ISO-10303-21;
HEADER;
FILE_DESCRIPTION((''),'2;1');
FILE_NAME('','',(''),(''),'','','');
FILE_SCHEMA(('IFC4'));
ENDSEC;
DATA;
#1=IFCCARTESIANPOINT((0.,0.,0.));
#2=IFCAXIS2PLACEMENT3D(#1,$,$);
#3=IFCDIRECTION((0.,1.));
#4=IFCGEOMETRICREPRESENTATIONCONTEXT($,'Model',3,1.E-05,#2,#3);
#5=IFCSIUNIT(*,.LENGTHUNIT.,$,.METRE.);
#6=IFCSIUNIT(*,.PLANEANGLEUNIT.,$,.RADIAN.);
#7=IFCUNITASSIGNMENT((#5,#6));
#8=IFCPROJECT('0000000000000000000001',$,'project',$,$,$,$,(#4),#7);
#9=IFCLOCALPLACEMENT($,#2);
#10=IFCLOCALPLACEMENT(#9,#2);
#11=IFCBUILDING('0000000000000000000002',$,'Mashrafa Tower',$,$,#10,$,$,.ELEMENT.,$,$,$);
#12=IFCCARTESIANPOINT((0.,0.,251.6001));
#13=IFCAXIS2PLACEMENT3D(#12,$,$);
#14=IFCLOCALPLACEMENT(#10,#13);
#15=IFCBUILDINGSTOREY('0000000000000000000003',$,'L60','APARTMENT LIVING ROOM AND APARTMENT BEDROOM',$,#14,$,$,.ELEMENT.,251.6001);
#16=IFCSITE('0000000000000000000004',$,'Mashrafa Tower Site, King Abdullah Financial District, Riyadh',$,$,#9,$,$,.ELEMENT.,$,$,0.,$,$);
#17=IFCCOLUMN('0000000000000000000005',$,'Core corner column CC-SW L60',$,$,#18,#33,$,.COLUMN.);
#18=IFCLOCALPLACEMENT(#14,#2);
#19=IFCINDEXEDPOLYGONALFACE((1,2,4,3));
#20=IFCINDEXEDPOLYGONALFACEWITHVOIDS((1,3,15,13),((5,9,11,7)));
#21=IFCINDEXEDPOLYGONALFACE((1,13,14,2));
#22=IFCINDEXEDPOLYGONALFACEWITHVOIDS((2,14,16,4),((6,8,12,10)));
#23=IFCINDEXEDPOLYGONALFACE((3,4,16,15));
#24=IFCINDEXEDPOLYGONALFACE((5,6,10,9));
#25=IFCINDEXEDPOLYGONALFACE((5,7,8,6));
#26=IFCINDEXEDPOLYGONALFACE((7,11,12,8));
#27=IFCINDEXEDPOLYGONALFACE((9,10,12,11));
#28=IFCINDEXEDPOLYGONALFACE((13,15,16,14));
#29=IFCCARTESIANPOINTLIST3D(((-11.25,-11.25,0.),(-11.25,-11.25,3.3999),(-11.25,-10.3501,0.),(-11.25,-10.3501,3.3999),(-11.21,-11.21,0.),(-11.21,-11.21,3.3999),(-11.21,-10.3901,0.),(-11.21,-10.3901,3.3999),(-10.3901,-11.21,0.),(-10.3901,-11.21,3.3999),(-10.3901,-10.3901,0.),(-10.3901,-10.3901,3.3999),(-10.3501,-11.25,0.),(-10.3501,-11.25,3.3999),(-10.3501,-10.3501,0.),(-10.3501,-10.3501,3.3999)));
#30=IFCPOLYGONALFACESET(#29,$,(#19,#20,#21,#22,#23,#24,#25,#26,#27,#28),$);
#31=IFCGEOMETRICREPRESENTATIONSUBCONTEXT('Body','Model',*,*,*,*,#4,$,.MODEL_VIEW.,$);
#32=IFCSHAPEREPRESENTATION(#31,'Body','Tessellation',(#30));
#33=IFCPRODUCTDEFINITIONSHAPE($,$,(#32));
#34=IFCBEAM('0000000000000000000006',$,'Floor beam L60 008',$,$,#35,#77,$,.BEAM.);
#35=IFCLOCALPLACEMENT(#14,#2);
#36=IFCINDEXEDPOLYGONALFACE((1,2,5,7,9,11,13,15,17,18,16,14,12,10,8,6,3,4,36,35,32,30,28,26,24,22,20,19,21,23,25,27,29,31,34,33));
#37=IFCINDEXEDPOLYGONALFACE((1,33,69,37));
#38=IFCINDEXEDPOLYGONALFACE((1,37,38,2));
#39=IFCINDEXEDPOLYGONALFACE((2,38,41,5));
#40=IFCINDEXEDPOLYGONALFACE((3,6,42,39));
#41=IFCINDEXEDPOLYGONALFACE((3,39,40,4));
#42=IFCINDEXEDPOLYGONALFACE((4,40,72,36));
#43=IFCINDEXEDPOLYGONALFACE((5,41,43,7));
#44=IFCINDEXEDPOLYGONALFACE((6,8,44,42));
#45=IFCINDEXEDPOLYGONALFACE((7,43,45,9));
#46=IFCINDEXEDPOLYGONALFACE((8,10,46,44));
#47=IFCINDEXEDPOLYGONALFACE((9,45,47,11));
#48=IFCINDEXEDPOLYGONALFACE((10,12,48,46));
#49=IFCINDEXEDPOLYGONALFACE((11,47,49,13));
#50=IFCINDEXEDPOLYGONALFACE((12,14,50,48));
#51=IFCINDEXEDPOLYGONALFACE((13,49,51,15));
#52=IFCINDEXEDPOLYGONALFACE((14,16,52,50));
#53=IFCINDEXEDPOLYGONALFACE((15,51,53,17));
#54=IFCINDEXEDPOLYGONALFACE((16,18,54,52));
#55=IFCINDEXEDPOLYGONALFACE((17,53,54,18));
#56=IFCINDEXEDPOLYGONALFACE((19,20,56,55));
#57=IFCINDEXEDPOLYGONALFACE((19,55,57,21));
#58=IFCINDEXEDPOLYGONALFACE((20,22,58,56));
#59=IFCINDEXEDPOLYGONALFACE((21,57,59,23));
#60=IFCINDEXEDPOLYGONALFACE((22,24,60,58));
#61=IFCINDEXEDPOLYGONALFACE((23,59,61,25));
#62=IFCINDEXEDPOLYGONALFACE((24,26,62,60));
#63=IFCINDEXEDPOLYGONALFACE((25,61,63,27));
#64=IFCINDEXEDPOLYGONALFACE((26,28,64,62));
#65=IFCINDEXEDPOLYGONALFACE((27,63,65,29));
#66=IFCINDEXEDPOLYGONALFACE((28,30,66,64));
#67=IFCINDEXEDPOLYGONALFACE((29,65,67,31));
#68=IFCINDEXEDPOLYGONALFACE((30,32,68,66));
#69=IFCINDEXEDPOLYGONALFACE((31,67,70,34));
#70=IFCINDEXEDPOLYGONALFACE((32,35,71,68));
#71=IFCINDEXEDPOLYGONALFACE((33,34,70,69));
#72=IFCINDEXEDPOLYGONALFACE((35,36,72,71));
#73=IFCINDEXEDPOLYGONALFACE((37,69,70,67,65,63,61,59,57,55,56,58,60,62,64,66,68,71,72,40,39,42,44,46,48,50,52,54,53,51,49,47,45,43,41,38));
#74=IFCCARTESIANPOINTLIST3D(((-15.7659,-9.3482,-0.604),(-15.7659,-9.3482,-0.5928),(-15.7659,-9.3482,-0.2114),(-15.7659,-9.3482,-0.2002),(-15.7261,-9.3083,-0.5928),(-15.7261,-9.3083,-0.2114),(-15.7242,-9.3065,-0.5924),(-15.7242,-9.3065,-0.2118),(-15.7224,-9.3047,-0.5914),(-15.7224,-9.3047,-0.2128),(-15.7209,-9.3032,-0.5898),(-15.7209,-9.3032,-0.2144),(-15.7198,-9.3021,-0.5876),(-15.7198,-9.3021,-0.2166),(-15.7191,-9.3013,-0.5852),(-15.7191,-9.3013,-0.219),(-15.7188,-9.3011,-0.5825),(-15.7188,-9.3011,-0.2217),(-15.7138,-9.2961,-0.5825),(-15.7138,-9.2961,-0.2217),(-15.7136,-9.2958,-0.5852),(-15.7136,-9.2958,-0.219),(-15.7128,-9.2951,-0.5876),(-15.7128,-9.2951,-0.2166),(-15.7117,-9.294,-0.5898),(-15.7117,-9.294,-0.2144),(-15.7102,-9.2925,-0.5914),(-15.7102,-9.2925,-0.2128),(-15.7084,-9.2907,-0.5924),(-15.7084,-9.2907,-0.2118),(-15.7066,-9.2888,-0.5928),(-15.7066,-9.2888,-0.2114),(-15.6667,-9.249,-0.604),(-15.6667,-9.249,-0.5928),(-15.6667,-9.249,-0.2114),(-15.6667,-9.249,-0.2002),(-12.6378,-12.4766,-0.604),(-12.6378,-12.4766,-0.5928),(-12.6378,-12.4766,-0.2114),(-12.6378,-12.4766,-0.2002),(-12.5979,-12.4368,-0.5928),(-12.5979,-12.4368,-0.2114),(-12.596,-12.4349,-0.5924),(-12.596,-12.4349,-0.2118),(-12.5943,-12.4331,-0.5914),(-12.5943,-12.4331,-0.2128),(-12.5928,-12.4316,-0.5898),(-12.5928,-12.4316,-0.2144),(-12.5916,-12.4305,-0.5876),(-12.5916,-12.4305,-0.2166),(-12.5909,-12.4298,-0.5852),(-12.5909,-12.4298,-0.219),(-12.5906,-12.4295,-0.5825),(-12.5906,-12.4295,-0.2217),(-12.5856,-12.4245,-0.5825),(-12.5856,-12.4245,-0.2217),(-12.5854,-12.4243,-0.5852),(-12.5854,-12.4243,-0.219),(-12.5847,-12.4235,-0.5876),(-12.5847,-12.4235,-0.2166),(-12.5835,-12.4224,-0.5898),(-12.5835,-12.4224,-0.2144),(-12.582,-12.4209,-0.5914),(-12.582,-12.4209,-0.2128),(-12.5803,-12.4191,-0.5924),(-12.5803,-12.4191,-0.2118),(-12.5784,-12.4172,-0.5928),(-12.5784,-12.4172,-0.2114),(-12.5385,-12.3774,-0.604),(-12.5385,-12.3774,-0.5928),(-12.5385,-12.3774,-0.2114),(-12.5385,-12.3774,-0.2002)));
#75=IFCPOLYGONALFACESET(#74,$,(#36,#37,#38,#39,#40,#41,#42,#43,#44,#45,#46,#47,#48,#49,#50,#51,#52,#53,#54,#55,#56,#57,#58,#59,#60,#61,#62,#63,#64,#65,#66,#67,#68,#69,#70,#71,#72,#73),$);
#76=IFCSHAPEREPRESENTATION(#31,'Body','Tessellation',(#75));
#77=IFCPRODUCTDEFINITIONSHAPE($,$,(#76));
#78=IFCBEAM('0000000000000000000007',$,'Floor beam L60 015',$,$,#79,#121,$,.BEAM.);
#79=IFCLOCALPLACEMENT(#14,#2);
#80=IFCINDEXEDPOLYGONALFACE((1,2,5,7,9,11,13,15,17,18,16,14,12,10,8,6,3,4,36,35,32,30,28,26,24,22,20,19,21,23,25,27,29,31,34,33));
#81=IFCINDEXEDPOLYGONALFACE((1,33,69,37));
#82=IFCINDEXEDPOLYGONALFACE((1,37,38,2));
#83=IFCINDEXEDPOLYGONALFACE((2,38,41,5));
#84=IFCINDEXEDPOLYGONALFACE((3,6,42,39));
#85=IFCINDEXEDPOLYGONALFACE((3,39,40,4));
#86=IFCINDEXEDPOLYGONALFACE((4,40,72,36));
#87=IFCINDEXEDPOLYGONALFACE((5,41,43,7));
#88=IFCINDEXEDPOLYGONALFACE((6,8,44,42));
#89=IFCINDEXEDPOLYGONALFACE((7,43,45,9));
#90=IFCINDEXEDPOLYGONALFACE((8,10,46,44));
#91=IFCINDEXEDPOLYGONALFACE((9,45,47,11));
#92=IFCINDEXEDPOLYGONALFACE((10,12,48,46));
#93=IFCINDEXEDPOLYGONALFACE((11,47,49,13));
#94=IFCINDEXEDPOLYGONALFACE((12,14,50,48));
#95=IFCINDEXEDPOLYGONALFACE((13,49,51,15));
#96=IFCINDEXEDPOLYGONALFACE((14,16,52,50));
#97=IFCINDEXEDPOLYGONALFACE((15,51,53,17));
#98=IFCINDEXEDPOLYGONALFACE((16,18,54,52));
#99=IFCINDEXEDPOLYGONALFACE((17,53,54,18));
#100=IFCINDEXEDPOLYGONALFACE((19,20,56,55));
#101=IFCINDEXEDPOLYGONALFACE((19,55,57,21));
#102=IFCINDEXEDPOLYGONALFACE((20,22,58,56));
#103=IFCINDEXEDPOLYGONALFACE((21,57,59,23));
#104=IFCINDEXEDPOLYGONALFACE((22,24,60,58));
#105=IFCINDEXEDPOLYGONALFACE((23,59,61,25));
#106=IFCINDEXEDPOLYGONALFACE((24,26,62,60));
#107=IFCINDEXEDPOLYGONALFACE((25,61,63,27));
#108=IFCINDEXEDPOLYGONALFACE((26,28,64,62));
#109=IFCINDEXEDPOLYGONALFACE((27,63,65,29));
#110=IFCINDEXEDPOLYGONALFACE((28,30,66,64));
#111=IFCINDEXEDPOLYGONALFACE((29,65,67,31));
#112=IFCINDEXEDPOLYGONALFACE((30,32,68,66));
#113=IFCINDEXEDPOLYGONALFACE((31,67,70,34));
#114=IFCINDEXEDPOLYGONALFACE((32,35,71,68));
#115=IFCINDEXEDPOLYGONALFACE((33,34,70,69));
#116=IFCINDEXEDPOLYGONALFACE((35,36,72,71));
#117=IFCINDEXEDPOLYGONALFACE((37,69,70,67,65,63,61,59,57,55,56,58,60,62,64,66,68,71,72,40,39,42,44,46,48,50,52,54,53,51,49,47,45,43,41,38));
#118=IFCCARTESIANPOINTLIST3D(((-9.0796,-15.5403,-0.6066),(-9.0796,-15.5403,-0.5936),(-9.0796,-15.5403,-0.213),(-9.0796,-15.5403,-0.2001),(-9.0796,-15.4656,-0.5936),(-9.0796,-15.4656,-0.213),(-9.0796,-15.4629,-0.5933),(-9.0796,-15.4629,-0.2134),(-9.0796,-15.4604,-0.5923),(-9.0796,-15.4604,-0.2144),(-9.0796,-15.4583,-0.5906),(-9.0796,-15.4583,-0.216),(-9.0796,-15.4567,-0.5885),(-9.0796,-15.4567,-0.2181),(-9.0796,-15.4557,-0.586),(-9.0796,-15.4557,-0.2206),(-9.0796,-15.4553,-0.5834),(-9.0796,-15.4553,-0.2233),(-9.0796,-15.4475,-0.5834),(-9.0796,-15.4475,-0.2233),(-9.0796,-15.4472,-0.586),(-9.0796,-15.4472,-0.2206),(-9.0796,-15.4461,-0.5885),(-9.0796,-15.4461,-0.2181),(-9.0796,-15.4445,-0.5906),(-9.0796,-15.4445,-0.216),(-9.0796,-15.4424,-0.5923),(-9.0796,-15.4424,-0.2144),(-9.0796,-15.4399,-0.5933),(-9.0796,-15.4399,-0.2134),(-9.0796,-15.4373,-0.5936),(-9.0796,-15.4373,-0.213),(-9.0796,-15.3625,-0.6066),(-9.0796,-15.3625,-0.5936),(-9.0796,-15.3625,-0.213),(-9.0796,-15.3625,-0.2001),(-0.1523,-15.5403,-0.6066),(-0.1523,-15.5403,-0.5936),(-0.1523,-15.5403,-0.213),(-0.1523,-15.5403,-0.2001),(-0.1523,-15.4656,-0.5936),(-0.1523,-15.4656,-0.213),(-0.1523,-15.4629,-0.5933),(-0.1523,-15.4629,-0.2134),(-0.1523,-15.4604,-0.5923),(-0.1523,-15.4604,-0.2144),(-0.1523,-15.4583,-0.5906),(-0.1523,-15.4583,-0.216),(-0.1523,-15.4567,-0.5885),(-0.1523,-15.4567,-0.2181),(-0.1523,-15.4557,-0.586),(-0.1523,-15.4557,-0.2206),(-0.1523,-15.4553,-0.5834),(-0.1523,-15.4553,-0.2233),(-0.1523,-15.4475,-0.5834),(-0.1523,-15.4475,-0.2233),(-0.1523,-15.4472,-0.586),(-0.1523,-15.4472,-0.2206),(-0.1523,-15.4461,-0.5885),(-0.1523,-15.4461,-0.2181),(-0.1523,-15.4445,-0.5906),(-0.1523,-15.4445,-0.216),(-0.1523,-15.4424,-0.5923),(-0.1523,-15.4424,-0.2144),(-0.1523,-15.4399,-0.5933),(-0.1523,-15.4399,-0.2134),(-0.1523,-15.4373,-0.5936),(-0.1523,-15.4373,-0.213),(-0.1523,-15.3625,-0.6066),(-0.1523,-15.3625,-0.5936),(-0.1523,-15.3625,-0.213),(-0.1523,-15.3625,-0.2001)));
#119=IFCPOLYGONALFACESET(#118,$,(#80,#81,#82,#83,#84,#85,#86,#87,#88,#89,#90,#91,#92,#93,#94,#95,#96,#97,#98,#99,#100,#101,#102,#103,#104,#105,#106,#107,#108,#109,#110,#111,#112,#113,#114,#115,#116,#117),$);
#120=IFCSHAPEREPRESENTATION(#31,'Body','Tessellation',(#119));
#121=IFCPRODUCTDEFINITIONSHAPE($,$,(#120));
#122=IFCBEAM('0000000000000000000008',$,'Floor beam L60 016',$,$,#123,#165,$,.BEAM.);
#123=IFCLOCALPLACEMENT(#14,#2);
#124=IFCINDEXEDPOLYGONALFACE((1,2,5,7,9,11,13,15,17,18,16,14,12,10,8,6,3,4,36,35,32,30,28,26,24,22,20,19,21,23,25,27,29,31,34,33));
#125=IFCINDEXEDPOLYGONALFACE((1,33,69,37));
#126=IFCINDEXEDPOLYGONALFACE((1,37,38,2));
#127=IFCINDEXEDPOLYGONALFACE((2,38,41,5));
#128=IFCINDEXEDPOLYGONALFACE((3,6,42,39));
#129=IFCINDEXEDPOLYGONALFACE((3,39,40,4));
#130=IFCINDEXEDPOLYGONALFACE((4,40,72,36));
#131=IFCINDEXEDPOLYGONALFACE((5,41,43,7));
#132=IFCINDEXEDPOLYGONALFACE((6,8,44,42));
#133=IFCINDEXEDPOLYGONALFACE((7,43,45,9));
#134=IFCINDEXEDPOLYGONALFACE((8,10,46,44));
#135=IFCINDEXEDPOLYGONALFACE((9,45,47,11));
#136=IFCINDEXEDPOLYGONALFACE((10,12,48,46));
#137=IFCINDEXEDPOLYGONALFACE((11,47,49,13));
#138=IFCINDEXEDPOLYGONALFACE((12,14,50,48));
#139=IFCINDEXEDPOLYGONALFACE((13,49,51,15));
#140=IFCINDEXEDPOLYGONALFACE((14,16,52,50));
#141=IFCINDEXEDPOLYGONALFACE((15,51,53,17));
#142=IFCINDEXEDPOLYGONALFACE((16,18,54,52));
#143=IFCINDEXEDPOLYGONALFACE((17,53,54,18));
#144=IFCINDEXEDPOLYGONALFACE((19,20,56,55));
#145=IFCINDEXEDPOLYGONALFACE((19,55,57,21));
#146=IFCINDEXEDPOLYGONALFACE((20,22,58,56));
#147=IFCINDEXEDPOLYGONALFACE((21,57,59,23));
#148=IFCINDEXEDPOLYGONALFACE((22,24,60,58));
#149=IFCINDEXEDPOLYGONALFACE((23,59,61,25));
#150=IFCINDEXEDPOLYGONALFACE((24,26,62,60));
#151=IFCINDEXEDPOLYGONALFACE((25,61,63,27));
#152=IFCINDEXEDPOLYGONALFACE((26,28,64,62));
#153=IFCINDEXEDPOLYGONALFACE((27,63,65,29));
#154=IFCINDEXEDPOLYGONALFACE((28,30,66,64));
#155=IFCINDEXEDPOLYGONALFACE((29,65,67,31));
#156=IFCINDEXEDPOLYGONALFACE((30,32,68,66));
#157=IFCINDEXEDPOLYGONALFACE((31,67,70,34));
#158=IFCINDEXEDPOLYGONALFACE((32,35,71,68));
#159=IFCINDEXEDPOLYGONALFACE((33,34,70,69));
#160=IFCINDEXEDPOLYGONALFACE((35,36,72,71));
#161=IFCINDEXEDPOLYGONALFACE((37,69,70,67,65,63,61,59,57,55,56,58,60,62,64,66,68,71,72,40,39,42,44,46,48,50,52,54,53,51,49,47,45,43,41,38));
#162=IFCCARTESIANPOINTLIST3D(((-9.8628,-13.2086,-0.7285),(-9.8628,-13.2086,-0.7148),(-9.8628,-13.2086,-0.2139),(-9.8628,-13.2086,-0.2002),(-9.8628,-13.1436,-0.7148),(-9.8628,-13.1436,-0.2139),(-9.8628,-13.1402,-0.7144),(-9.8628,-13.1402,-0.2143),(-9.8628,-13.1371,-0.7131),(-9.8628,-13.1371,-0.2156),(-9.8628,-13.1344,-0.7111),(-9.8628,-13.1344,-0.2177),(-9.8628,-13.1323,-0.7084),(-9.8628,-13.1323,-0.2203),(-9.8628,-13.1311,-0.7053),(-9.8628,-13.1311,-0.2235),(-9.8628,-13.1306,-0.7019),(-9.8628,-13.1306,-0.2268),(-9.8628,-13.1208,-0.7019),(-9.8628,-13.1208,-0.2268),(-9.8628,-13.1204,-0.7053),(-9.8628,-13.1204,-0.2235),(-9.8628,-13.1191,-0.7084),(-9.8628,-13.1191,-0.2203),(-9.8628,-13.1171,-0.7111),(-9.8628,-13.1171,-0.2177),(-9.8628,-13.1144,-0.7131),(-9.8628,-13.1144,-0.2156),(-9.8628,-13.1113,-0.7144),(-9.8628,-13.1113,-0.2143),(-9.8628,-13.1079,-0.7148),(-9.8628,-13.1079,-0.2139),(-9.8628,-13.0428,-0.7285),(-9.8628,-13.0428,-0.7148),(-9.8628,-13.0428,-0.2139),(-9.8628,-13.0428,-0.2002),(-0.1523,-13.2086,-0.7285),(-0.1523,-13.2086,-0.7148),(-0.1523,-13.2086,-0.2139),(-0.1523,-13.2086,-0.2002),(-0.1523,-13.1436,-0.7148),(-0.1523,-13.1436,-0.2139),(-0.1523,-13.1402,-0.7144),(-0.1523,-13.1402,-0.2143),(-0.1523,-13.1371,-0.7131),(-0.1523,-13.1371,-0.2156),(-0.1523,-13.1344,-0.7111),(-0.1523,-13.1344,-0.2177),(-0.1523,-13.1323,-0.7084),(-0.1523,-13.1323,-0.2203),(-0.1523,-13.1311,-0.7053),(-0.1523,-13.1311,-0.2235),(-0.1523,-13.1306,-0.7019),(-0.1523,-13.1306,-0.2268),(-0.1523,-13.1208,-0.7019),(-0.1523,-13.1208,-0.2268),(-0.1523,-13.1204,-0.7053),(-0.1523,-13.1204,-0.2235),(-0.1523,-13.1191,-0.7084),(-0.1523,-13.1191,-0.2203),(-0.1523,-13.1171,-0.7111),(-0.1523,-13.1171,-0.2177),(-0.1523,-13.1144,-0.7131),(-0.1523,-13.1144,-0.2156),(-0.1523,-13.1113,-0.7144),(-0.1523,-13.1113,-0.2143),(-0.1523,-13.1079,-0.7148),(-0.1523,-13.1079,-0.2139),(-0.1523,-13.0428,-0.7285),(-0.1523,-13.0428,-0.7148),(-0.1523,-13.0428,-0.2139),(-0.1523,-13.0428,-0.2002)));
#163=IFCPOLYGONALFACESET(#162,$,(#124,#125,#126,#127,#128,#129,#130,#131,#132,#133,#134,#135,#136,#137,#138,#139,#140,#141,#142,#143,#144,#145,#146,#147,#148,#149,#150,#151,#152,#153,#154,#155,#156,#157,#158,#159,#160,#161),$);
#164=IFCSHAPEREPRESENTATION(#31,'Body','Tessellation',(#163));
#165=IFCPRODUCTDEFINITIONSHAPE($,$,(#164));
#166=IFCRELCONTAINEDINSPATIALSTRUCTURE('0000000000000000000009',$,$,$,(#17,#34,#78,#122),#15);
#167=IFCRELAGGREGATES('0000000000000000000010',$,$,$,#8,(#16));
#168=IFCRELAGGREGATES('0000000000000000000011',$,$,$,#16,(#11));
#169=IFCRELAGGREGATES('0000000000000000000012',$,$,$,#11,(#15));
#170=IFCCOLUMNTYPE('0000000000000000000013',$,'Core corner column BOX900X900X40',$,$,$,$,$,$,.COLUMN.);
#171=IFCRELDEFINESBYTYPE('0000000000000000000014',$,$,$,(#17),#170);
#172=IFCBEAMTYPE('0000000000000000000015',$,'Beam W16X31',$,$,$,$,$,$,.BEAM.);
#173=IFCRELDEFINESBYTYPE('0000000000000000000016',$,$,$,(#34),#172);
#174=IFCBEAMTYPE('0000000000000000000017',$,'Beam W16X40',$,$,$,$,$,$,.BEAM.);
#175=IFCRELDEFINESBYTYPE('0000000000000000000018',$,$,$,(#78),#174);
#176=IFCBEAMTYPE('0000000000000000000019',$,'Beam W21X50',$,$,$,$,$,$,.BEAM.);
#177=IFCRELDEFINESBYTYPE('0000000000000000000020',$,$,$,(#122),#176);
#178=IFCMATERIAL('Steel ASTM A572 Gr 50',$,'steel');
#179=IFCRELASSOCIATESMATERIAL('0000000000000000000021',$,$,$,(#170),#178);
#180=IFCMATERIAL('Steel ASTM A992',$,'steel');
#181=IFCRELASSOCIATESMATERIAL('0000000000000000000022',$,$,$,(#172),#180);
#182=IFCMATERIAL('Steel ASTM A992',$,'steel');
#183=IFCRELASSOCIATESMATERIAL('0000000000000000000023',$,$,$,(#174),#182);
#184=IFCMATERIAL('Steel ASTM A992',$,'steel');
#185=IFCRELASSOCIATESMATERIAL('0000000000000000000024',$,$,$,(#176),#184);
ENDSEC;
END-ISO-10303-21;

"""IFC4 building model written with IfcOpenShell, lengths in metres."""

from ifc_helpers import new_model, si_unit, direction, frame, origin, origin_2d, place, context, subcontext, project, spatial, hollow_rectangle, i_section, extrude, material, material_profile, profile_set, type_object, element, save


model = new_model("IFC4")

# Units and contexts
model_context = context("Model", 3, precision=1e-05, world=origin(), true_north=direction((0.0, 1.0)))
body_context = subcontext(model_context, "Body", "Model", "MODEL_VIEW")
ifc_project = project(units=[si_unit("LENGTHUNIT", "METRE"), si_unit("PLANEANGLEUNIT", "RADIAN")], contexts=[model_context])

# Site, building, storey
site_placement = place(None, origin())
site = spatial("IfcSite", under=ifc_project, at=site_placement, Name="Mashrafa Tower Site, King Abdullah Financial District, Riyadh", CompositionType="ELEMENT", RefElevation=0.0)
building_placement = place(site_placement, origin())
building = spatial("IfcBuilding", under=site, at=building_placement, Name="Mashrafa Tower", CompositionType="ELEMENT")
storey_placement = place(building_placement, frame((0.0, 0.0, 251.6001)))
storey = spatial("IfcBuildingStorey", under=building, at=storey_placement, Name="L60", Description="APARTMENT LIVING ROOM AND APARTMENT BEDROOM", CompositionType="ELEMENT", Elevation=251.6001)

# Column
ifc_material_1 = material(Name="Steel ASTM A572 Gr 50", Category="steel")
ifc_material_profile_1 = material_profile(ifc_material_1, hollow_rectangle(XDim=0.8999, YDim=0.8999, WallThickness=0.04, at=origin_2d()), Name="BOX900X900X40")
ifc_profile_set_1 = profile_set([ifc_material_profile_1], Name="Steel ASTM A572 Gr 50")
column_type = type_object("IfcColumnType", Name="Core corner column BOX900X900X40", PredefinedType="COLUMN", material=ifc_profile_set_1)
column_placement = place(storey_placement, frame((-10.8, -10.8, 0.0), z_axis=(0.0, 0.0, 1.0), x_axis=(1.0, 0.0, 0.0)))
element("IfcColumn", 1, at=column_placement, inside=storey, type_object=column_type, Name="Core corner column CC-SW L60", PredefinedType="COLUMN", context=body_context, shape_type="SweptSolid", body=[
    extrude(hollow_rectangle(XDim=0.8999, YDim=0.8999, WallThickness=0.04, at=origin_2d()), origin(), (0.0, 0.0, 1.0), 3.3999),
])

# Beams
ifc_material_2 = material(Name="Steel ASTM A992", Category="steel")
ifc_material_profile_2 = material_profile(ifc_material_2, i_section(OverallWidth=0.1404, OverallDepth=0.4038, WebThickness=0.0071, FlangeThickness=0.0112, FilletRadius=0.0103, at=origin_2d()), Name="W16X31")
ifc_profile_set_2 = profile_set([ifc_material_profile_2], Name="Steel ASTM A992")
beam_type_1 = type_object("IfcBeamType", Name="Beam W16X31", PredefinedType="BEAM", material=ifc_profile_set_2)
beam_1_placement = place(storey_placement, frame((-12.5881, -12.427, -0.4021), z_axis=(-0.707079, 0.707134, 0.0), x_axis=(-0.707134, -0.707079, 0.0)))
element("IfcBeam", 2, at=beam_1_placement, inside=storey, type_object=beam_type_1, Name="Floor beam L60 008", PredefinedType="BEAM", context=body_context, shape_type="SweptSolid", body=[
    extrude(i_section(OverallWidth=0.1404, OverallDepth=0.4038, WebThickness=0.0071, FlangeThickness=0.0112, FilletRadius=0.0103, at=origin_2d()), origin(), (0.0, 0.0, 1.0), 4.4241),
])
ifc_material_3 = material(Name="Steel ASTM A992", Category="steel")
ifc_material_profile_3 = material_profile(ifc_material_3, i_section(OverallWidth=0.1777, OverallDepth=0.4065, WebThickness=0.0078, FlangeThickness=0.0129, FilletRadius=0.0103, at=origin_2d()), Name="W16X40")
ifc_profile_set_3 = profile_set([ifc_material_profile_3], Name="Steel ASTM A992")
beam_type_2 = type_object("IfcBeamType", Name="Beam W16X40", PredefinedType="BEAM", material=ifc_profile_set_3)
beam_2_placement = place(storey_placement, frame((-0.1523, -15.4514, -0.4033), z_axis=(-1.0, 0.0, 0.0), x_axis=(0.0, -1.0, 0.0)))
element("IfcBeam", 3, at=beam_2_placement, inside=storey, type_object=beam_type_2, Name="Floor beam L60 015", PredefinedType="BEAM", context=body_context, shape_type="SweptSolid", body=[
    extrude(i_section(OverallWidth=0.1777, OverallDepth=0.4065, WebThickness=0.0078, FlangeThickness=0.0129, FilletRadius=0.0103, at=origin_2d()), origin(), (0.0, 0.0, 1.0), 8.9272),
])
ifc_material_4 = material(Name="Steel ASTM A992", Category="steel")
ifc_material_profile_4 = material_profile(ifc_material_4, i_section(OverallWidth=0.1658, OverallDepth=0.5283, WebThickness=0.0098, FlangeThickness=0.0137, FilletRadius=0.0129, at=origin_2d()), Name="W21X50")
ifc_profile_set_4 = profile_set([ifc_material_profile_4], Name="Steel ASTM A992")
beam_type_3 = type_object("IfcBeamType", Name="Beam W21X50", PredefinedType="BEAM", material=ifc_profile_set_4)
beam_3_placement = place(storey_placement, frame((-0.1523, -13.1257, -0.4644), z_axis=(-1.0, 0.0, 0.0), x_axis=(0.0, -1.0, 0.0)))
element("IfcBeam", 4, at=beam_3_placement, inside=storey, type_object=beam_type_3, Name="Floor beam L60 016", PredefinedType="BEAM", context=body_context, shape_type="SweptSolid", body=[
    extrude(i_section(OverallWidth=0.1658, OverallDepth=0.5283, WebThickness=0.0098, FlangeThickness=0.0137, FilletRadius=0.0129, at=origin_2d()), origin(), (0.0, 0.0, 1.0), 9.7104),
])

save(model, "model.ifc")
